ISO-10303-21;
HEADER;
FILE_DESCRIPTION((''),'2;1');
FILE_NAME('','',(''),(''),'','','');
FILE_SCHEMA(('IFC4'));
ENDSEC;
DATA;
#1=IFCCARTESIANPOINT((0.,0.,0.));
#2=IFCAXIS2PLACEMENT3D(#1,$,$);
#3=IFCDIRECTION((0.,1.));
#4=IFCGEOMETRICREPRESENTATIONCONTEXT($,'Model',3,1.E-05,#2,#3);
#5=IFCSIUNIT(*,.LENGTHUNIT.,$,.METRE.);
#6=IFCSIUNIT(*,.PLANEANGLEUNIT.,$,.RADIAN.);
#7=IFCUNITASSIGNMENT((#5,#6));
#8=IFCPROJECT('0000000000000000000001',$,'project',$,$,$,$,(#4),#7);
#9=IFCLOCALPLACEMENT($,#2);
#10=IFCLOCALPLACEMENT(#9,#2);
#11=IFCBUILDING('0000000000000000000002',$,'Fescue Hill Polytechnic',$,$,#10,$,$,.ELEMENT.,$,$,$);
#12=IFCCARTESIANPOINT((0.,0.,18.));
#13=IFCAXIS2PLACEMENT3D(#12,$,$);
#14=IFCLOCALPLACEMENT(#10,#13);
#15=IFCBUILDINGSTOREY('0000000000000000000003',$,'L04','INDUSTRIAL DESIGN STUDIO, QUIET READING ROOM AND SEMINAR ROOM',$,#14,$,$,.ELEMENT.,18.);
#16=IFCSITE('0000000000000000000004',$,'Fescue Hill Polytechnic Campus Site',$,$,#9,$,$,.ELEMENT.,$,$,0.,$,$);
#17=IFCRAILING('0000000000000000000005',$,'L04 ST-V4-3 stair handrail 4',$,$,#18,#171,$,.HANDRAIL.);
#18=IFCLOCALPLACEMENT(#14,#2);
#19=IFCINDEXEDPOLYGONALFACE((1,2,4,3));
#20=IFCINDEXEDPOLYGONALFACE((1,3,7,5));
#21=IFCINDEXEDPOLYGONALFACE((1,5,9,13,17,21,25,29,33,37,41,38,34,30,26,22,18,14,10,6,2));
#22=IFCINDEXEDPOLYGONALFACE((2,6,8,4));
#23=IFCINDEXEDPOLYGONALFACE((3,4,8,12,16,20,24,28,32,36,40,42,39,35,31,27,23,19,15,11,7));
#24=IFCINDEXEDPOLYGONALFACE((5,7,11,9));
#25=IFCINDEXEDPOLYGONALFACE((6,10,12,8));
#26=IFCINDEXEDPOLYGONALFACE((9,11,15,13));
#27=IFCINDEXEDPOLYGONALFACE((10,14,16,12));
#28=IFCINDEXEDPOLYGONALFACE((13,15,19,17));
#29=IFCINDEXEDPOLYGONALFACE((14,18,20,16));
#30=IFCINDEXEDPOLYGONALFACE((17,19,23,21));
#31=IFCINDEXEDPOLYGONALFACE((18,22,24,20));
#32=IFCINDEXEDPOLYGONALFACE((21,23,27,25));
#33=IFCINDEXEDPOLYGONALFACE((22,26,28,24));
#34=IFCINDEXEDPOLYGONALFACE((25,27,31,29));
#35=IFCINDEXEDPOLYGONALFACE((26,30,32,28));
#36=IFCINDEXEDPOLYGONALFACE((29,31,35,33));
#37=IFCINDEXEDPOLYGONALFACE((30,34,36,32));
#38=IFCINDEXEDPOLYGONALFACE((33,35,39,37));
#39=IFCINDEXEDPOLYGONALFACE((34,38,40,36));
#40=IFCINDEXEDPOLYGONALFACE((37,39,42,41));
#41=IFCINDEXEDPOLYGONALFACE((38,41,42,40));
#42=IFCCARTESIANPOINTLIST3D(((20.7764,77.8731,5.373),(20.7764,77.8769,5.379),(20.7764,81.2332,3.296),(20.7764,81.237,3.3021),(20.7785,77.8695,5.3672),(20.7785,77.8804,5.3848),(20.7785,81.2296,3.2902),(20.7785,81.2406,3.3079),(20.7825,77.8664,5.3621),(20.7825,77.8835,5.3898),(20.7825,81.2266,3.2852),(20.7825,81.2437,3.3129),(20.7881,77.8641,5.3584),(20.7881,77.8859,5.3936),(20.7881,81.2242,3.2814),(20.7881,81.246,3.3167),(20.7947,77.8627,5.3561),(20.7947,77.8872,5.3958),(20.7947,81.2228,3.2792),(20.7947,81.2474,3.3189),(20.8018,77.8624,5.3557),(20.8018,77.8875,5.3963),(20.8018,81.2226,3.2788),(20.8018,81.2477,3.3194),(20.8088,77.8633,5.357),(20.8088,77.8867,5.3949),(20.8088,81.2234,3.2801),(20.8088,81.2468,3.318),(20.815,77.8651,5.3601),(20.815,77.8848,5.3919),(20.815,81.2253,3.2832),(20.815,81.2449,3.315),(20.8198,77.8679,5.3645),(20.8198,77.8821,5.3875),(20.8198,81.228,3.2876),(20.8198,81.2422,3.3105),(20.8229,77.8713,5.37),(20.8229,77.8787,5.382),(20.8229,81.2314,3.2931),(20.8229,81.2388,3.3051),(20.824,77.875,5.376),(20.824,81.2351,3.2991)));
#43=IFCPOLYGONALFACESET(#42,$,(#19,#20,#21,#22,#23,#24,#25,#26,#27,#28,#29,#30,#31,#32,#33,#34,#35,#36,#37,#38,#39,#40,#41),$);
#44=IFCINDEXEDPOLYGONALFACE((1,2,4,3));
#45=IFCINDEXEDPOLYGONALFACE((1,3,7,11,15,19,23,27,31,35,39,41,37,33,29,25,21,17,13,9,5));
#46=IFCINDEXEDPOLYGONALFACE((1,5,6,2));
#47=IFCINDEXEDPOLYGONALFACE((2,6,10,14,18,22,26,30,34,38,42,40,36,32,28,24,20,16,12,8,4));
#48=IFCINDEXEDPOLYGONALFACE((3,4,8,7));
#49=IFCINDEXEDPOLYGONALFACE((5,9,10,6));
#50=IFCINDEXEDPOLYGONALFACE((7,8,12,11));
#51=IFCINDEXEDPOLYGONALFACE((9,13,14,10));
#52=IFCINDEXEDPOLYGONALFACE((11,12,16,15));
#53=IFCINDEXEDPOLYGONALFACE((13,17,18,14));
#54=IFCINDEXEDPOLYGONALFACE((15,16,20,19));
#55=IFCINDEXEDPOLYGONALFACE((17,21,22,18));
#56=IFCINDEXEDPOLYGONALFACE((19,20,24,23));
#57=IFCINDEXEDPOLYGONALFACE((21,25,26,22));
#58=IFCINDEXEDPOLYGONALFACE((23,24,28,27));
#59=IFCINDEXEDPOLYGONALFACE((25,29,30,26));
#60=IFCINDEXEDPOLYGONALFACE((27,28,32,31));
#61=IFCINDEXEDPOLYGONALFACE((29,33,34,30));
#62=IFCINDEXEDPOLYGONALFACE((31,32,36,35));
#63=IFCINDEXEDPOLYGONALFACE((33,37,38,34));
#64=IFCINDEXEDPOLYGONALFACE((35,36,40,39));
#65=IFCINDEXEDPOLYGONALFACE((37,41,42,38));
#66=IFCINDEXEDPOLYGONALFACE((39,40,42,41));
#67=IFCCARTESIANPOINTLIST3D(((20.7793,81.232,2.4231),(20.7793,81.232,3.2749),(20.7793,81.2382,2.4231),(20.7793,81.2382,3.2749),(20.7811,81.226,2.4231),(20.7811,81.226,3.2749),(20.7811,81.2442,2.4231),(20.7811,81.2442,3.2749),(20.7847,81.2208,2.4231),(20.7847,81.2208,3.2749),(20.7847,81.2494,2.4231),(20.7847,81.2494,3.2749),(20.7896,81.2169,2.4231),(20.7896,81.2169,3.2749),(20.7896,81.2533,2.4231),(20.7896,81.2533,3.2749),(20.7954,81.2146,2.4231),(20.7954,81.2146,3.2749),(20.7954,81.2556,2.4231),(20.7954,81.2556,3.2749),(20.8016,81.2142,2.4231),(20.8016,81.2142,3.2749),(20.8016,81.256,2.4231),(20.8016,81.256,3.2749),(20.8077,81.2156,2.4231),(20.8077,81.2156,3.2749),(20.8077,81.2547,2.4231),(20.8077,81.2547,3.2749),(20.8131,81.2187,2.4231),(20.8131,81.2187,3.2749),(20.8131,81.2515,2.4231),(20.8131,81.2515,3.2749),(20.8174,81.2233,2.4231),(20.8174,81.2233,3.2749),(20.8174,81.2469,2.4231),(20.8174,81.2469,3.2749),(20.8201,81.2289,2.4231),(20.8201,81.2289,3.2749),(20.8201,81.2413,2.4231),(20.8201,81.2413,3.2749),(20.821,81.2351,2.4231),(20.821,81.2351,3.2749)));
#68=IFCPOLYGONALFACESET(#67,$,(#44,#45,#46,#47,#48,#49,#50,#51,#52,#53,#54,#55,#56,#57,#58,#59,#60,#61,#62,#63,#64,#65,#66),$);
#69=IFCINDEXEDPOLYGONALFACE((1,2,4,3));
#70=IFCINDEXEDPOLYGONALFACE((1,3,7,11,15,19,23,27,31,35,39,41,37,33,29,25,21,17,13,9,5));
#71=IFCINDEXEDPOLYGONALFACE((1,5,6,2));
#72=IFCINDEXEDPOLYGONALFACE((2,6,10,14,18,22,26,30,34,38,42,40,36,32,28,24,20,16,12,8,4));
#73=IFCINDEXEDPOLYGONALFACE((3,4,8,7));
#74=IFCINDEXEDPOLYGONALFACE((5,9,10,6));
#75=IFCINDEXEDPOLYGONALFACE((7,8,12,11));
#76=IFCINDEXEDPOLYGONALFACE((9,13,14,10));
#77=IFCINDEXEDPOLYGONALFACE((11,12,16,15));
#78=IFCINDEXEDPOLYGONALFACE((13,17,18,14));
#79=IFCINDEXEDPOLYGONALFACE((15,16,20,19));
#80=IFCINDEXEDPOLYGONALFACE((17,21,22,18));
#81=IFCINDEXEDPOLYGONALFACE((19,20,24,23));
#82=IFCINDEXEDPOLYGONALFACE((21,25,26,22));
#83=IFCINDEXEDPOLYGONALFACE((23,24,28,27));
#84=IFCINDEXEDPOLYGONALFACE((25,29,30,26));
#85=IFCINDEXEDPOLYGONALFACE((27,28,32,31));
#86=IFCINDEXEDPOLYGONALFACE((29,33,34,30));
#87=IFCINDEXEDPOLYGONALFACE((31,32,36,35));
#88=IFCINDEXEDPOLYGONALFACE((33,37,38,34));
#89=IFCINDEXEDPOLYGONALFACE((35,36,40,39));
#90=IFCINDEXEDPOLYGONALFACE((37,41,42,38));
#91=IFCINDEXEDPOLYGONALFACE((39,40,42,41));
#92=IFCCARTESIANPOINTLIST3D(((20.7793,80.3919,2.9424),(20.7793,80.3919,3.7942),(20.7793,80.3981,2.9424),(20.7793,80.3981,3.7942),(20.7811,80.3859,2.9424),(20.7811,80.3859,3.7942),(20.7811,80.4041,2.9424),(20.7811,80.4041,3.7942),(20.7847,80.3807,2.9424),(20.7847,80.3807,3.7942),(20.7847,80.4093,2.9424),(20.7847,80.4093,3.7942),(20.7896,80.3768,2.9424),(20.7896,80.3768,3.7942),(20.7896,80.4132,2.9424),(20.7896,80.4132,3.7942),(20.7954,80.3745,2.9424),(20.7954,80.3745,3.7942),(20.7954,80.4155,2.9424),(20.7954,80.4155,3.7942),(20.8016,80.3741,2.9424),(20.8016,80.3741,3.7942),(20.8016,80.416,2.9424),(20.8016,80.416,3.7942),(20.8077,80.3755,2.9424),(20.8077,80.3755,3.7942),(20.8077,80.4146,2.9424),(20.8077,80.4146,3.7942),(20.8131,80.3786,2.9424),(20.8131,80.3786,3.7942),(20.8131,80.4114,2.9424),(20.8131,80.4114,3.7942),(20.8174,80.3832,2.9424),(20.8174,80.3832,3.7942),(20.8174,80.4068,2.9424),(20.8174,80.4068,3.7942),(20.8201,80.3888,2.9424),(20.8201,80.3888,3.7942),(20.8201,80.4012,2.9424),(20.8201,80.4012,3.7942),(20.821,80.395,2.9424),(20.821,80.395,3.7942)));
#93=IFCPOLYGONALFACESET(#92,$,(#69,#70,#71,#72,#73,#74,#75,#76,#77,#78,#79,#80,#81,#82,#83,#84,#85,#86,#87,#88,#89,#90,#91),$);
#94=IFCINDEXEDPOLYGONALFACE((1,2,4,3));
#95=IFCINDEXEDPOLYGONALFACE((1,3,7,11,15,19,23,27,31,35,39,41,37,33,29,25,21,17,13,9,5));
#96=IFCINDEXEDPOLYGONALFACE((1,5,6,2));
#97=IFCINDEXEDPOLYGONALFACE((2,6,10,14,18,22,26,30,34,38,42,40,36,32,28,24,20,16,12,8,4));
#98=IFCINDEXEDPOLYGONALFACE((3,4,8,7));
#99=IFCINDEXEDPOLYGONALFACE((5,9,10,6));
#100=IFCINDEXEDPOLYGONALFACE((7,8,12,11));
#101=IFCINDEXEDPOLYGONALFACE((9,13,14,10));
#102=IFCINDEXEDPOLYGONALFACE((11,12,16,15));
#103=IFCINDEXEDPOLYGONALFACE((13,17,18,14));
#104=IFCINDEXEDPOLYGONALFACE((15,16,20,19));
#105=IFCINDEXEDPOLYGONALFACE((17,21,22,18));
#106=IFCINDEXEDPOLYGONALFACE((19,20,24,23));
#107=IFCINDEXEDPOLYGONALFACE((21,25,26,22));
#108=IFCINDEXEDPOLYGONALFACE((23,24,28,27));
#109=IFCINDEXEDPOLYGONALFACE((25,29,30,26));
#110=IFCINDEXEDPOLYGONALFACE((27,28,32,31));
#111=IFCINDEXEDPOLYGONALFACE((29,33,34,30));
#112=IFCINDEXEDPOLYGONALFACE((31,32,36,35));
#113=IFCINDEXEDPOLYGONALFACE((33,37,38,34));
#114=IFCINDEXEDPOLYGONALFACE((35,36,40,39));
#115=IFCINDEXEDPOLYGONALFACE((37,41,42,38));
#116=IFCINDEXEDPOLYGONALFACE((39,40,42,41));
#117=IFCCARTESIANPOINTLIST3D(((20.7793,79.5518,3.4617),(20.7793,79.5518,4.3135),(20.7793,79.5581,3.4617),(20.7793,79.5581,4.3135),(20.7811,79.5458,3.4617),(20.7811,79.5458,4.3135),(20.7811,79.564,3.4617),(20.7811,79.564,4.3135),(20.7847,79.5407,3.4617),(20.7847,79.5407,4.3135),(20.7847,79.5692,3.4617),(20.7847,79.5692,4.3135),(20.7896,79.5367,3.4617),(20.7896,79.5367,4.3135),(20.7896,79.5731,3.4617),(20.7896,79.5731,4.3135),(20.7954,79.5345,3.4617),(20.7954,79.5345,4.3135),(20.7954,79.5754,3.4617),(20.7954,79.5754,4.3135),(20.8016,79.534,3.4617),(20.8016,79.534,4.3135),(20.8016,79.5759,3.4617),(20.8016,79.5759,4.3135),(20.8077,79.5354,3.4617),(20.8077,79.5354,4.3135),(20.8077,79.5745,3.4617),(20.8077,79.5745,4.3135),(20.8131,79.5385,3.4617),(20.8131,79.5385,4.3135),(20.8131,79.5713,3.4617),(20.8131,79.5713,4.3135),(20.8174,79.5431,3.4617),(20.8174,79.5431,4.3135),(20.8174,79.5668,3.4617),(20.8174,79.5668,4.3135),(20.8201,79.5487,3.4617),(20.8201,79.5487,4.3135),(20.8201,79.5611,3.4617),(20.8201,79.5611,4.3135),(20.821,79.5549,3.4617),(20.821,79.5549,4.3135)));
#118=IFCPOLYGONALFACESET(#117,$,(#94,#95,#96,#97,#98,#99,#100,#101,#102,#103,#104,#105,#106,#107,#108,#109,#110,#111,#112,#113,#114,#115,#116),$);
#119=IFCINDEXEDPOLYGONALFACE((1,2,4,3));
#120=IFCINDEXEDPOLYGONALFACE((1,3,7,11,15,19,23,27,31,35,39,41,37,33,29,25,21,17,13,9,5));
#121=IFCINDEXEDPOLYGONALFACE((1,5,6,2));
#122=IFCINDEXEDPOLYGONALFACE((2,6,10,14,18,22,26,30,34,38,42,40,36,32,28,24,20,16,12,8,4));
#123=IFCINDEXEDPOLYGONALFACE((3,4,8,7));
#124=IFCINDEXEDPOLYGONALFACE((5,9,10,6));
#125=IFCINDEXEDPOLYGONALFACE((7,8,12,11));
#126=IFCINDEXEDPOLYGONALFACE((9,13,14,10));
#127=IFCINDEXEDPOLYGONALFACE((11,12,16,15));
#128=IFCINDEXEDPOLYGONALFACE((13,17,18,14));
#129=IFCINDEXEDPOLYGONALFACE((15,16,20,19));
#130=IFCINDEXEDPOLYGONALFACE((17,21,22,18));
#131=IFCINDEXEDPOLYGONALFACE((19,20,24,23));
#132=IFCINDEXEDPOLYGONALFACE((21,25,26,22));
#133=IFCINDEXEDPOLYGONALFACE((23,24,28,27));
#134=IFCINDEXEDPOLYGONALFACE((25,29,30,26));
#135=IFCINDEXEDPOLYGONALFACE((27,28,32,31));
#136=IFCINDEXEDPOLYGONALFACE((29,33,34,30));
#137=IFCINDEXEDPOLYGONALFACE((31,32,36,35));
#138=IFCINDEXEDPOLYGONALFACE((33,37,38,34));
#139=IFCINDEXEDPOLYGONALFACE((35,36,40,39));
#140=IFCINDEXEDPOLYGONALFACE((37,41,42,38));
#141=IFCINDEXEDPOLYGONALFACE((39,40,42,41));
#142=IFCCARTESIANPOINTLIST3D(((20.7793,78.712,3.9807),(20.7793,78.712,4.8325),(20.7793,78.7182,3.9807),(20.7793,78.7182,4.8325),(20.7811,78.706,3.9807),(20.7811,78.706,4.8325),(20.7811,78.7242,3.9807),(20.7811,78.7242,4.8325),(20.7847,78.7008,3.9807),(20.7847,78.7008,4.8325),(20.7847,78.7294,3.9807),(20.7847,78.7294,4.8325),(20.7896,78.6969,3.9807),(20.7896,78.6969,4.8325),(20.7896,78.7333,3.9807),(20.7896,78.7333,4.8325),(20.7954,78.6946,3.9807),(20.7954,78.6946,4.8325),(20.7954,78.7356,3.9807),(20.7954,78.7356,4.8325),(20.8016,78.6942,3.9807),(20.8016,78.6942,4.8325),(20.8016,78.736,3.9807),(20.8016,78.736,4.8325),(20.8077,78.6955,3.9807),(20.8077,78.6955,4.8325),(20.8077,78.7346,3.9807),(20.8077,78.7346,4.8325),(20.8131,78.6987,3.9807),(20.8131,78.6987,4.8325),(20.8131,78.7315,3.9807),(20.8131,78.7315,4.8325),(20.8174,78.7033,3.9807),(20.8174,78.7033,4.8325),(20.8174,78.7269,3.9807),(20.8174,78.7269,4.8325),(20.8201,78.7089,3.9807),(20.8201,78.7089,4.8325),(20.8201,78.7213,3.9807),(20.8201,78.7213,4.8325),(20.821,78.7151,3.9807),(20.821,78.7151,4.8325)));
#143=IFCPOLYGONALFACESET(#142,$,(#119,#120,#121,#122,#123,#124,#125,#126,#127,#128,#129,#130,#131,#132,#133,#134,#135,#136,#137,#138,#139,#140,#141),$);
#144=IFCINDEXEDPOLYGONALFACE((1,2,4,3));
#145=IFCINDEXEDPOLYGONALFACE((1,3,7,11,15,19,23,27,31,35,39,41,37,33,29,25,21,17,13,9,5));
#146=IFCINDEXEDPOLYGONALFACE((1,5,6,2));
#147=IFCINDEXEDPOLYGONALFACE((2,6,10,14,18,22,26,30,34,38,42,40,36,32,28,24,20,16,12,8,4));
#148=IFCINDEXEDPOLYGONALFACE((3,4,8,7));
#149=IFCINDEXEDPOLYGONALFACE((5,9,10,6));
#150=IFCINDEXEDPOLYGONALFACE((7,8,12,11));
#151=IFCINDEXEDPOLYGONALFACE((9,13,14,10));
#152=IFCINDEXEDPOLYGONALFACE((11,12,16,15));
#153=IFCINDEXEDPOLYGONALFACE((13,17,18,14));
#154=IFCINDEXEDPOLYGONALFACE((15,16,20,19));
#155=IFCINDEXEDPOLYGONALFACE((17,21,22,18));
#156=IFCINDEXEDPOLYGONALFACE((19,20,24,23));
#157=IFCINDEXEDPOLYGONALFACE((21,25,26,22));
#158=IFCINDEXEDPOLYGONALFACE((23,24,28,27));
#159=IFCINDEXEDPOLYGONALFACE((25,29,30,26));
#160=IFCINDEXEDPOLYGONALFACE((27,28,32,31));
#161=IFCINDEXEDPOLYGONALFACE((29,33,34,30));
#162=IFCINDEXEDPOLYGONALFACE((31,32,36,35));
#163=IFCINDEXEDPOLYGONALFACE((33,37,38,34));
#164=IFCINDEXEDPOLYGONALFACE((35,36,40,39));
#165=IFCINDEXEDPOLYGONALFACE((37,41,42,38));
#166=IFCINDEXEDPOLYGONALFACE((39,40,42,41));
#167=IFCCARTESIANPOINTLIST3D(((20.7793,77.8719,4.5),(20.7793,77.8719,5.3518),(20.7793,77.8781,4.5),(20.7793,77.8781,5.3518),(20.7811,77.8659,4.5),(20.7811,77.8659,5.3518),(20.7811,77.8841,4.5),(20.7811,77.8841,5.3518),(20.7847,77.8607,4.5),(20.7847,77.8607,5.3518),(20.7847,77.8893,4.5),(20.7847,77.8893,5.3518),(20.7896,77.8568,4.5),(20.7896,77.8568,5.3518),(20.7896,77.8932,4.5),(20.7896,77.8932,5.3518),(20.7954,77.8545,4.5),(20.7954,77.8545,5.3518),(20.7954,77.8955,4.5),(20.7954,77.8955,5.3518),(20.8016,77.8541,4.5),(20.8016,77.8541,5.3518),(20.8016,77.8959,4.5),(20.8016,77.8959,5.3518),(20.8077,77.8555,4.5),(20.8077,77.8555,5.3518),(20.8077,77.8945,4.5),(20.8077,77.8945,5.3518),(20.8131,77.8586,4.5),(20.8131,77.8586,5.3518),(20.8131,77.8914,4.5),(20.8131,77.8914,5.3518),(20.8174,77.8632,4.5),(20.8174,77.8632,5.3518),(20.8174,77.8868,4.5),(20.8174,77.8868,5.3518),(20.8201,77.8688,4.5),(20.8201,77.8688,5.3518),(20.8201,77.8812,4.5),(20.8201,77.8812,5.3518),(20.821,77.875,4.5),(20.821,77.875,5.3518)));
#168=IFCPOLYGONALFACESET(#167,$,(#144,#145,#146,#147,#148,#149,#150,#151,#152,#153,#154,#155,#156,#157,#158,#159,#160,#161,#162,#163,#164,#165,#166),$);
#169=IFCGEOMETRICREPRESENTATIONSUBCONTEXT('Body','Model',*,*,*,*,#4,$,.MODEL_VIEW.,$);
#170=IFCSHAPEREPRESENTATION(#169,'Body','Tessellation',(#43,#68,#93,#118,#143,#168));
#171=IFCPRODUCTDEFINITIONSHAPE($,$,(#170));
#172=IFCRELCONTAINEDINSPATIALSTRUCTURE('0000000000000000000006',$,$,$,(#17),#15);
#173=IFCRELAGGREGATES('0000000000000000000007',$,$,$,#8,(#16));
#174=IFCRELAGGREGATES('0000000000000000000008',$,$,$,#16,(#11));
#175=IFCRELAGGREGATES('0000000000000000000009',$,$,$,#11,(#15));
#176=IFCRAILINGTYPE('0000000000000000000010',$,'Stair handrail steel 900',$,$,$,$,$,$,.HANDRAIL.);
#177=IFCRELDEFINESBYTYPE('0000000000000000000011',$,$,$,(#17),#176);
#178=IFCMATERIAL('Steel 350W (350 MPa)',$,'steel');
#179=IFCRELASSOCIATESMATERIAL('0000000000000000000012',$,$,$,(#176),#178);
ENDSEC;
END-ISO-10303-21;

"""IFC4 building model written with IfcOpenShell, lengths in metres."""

from ifc_helpers import new_model, si_unit, direction, frame, origin, origin_2d, place, context, subcontext, project, spatial, circle, extrude, material, type_object, element, save


model = new_model("IFC4")

# Units and contexts
model_context = context("Model", 3, precision=1e-05, world=origin(), true_north=direction((0.0, 1.0)))
body_context = subcontext(model_context, "Body", "Model", "MODEL_VIEW")
ifc_project = project(units=[si_unit("LENGTHUNIT", "METRE"), si_unit("PLANEANGLEUNIT", "RADIAN")], contexts=[model_context])

# Site, building, storey
site_placement = place(None, origin())
site = spatial("IfcSite", under=ifc_project, at=site_placement, Name="Fescue Hill Polytechnic Campus Site", CompositionType="ELEMENT", RefElevation=0.0)
building_placement = place(site_placement, origin())
building = spatial("IfcBuilding", under=site, at=building_placement, Name="Fescue Hill Polytechnic", CompositionType="ELEMENT")
storey_placement = place(building_placement, frame((0.0, 0.0, 18.0)))
storey = spatial("IfcBuildingStorey", under=building, at=storey_placement, Name="L04", Description="INDUSTRIAL DESIGN STUDIO, QUIET READING ROOM AND SEMINAR ROOM", CompositionType="ELEMENT", Elevation=18.0)

# Railing
ifc_material_1 = material(Name="Steel 350W (350 MPa)", Category="steel")
railing_type_1 = type_object("IfcRailingType", Name="Stair handrail steel 900", PredefinedType="HANDRAIL", material=ifc_material_1)
for number, where, name in (
    (1, (20.8, 81.2351, 2.4231), "L04 ST-V4-3 stair handrail 4"),
):
    element("IfcRailing", number, at=place(storey_placement, frame(where)), inside=storey, type_object=railing_type_1, Name=name, PredefinedType="HANDRAIL", context=body_context, shape_type="SweptSolid", body=[
        extrude(circle(Radius=0.0239, at=origin_2d()), frame((0.0, 0.0, 0.876), z_axis=(0.0, -0.850623, 0.525776), x_axis=(1.0, 0.0, 0.0)), (0.0, 0.0, 1.0), 3.9502),
        extrude(circle(Radius=0.021, at=origin_2d()), origin(), (0.0, 0.0, 1.0), 0.8518),
        extrude(circle(Radius=0.021, at=origin_2d()), frame((0.0, -0.8401, 0.5193)), (0.0, 0.0, 1.0), 0.8518),
        extrude(circle(Radius=0.021, at=origin_2d()), frame((0.0, -1.6802, 1.0386)), (0.0, 0.0, 1.0), 0.8518),
        extrude(circle(Radius=0.021, at=origin_2d()), frame((0.0, -2.52, 1.5576)), (0.0, 0.0, 1.0), 0.8518),
        extrude(circle(Radius=0.021, at=origin_2d()), frame((0.0, -3.3601, 2.0769)), (0.0, 0.0, 1.0), 0.8518),
    ])

save(model, "model.ifc")
